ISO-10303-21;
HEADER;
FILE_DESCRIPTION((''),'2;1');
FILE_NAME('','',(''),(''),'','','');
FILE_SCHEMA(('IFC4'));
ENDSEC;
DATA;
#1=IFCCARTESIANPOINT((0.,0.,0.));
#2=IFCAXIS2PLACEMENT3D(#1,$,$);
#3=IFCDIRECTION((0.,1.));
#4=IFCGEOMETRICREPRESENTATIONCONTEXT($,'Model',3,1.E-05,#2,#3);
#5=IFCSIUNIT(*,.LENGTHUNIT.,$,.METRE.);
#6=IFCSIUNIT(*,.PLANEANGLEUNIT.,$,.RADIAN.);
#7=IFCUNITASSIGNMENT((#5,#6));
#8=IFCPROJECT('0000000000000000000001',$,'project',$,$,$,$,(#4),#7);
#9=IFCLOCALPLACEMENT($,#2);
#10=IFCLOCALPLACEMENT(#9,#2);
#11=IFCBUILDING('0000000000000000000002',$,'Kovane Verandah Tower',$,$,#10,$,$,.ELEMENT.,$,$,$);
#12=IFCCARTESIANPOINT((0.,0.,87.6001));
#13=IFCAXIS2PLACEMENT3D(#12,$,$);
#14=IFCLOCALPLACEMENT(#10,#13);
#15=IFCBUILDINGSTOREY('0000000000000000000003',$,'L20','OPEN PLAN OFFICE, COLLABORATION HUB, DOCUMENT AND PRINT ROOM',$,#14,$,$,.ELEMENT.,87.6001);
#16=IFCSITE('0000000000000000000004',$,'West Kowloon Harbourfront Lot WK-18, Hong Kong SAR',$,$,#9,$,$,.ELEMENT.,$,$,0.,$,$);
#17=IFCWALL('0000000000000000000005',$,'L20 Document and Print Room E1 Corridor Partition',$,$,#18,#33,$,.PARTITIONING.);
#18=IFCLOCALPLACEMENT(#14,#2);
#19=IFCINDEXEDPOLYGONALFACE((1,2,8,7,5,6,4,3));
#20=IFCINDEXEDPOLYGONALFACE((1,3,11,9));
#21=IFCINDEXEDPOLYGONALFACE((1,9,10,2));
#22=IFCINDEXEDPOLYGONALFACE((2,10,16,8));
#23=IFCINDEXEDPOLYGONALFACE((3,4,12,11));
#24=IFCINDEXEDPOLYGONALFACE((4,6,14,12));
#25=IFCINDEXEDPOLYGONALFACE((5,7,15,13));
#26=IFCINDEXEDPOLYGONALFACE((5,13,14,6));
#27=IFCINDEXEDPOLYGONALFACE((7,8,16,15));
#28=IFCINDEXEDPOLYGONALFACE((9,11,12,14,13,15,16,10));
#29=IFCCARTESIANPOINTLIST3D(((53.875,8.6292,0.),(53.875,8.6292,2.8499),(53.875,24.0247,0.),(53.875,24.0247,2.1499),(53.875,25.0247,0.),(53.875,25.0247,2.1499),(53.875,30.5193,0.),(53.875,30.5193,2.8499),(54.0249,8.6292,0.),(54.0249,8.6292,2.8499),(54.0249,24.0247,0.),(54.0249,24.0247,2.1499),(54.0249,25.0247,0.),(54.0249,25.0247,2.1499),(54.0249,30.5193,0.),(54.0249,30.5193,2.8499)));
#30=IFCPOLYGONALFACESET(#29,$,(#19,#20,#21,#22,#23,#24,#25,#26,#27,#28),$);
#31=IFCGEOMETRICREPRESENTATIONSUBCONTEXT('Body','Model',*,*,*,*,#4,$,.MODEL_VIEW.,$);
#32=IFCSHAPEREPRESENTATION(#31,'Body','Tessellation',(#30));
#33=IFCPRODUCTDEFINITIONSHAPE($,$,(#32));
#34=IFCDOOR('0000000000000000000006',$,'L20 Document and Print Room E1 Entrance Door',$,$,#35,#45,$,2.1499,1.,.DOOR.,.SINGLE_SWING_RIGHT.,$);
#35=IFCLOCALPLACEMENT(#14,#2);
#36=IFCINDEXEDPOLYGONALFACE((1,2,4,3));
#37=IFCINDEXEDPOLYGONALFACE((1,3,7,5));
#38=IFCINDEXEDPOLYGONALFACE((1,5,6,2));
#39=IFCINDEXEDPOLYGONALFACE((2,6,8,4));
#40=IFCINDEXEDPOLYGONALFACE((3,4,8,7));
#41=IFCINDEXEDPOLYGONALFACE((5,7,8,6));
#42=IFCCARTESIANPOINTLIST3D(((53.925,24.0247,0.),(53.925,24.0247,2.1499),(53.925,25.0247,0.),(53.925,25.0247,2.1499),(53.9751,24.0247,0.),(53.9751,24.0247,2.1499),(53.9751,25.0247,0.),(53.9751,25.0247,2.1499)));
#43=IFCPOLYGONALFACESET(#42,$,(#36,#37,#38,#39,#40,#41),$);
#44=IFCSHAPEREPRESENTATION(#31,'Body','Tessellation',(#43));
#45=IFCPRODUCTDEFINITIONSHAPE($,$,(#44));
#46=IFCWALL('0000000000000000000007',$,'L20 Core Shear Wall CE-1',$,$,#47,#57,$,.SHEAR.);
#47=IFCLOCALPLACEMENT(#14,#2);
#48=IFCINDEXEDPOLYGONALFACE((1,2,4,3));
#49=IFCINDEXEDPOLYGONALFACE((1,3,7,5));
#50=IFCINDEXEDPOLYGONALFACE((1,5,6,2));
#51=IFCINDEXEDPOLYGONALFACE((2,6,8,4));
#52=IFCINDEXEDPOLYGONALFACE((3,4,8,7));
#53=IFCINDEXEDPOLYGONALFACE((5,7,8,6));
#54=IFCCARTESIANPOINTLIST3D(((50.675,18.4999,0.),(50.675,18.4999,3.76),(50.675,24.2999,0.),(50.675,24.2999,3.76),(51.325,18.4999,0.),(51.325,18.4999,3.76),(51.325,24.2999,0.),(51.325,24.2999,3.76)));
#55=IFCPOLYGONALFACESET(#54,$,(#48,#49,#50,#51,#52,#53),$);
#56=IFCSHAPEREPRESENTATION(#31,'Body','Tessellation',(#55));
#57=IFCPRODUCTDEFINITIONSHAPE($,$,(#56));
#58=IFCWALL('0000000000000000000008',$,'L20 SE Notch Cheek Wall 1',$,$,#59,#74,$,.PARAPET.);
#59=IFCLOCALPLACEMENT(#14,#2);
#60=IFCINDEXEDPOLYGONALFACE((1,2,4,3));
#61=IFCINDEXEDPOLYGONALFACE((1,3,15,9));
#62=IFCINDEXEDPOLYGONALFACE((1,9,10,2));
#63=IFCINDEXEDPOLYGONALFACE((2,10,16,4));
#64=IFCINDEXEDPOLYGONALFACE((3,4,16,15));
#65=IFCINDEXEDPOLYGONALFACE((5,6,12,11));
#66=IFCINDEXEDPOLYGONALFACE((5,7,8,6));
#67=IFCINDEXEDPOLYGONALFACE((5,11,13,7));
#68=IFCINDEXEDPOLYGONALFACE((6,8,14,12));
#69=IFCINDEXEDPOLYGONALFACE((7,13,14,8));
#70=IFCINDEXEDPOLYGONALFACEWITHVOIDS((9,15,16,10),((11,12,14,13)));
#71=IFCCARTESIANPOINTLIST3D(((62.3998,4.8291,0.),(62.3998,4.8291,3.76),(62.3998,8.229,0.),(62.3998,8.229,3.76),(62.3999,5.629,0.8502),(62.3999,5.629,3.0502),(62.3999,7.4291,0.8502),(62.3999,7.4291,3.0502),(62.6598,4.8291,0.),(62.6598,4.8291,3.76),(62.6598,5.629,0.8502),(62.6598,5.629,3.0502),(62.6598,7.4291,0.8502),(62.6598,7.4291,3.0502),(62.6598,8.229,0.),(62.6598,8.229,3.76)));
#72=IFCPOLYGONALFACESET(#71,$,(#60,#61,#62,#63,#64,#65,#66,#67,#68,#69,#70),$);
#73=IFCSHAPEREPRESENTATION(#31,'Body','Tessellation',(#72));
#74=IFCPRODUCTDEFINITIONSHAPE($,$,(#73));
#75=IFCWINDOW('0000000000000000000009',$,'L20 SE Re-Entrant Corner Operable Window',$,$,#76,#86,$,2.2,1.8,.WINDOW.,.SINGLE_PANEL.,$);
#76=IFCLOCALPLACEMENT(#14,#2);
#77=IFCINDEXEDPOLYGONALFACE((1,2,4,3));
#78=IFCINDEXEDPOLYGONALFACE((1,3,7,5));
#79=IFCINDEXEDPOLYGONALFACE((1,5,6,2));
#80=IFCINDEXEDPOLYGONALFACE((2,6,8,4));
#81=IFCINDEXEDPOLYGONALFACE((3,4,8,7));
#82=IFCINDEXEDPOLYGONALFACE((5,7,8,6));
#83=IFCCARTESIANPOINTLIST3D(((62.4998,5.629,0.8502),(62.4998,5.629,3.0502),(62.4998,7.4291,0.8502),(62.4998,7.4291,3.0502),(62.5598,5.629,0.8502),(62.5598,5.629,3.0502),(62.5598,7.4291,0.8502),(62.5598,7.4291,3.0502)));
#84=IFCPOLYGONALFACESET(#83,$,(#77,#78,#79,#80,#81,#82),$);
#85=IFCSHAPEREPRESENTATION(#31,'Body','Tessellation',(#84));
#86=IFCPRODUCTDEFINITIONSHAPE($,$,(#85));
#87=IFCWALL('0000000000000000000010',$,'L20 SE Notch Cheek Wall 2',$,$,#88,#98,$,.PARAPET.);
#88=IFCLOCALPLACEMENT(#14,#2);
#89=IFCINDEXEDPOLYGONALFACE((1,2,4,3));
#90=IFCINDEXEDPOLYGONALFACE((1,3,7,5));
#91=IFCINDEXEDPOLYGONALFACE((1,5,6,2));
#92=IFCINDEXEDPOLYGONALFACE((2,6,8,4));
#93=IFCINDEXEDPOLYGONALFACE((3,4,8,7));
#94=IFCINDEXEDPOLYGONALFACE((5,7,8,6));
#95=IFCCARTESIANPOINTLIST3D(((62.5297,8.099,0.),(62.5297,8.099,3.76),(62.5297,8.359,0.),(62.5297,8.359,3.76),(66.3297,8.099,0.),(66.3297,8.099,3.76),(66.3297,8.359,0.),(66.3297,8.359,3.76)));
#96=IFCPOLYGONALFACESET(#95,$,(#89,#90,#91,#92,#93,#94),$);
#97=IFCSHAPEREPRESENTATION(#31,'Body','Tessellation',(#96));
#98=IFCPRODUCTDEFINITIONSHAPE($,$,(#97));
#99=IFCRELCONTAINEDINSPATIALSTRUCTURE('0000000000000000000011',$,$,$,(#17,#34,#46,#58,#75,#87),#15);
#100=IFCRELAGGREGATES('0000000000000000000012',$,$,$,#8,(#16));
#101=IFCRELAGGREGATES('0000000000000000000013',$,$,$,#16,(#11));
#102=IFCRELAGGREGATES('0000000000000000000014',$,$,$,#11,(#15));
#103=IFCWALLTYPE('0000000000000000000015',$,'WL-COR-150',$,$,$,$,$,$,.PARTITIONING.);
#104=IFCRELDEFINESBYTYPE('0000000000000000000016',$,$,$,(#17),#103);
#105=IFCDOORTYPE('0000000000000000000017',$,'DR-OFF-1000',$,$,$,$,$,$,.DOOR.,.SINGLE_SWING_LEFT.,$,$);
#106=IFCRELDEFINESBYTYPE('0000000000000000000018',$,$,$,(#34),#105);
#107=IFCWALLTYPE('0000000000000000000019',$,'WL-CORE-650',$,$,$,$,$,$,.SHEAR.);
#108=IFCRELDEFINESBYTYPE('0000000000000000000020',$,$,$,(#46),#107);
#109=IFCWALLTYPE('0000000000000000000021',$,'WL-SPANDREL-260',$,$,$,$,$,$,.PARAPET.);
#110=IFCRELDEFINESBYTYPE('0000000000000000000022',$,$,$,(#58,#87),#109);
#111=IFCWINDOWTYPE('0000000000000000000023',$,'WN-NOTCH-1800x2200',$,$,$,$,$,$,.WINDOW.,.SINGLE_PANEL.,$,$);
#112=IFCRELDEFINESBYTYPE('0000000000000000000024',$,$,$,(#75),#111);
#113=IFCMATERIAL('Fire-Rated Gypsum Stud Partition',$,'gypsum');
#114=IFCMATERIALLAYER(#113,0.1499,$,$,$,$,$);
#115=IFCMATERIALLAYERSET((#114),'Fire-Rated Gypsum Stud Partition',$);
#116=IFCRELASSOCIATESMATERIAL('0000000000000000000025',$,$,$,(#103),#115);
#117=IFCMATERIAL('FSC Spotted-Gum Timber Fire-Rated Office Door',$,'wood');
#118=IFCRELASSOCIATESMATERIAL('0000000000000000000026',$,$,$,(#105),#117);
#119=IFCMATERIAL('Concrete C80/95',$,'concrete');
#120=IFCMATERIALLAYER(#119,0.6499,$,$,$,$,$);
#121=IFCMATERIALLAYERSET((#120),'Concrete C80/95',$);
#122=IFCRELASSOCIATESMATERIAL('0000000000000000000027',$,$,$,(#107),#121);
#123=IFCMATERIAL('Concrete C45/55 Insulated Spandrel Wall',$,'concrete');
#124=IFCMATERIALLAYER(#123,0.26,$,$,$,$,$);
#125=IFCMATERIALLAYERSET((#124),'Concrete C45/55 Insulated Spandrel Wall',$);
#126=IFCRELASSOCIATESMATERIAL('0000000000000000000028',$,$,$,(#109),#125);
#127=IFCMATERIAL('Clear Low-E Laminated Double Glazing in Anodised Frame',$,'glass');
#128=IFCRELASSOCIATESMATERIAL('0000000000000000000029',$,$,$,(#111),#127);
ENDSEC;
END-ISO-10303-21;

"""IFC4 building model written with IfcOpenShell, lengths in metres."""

from ifc_helpers import new_model, si_unit, direction, frame, frame_2d, origin, place, context, subcontext, project, spatial, rectangle, extrude, material, layer, layer_set, type_object, element, fill, save


model = new_model("IFC4")

# Units and contexts
model_context = context("Model", 3, precision=1e-05, world=origin(), true_north=direction((0.0, 1.0)))
body_context = subcontext(model_context, "Body", "Model", "MODEL_VIEW")
ifc_project = project(units=[si_unit("LENGTHUNIT", "METRE"), si_unit("PLANEANGLEUNIT", "RADIAN")], contexts=[model_context])

# Site, building, storey
site_placement = place(None, origin())
site = spatial("IfcSite", under=ifc_project, at=site_placement, Name="West Kowloon Harbourfront Lot WK-18, Hong Kong SAR", CompositionType="ELEMENT", RefElevation=0.0)
building_placement = place(site_placement, origin())
building = spatial("IfcBuilding", under=site, at=building_placement, Name="Kovane Verandah Tower", CompositionType="ELEMENT")
storey_placement = place(building_placement, frame((0.0, 0.0, 87.6001)))
storey = spatial("IfcBuildingStorey", under=building, at=storey_placement, Name="L20", Description="OPEN PLAN OFFICE, COLLABORATION HUB, DOCUMENT AND PRINT ROOM", CompositionType="ELEMENT", Elevation=87.6001)

# Shared definitions
ifc_material_1 = material(Name="Concrete C80/95", Category="concrete")

# Wall, opening, door
ifc_material_2 = material(Name="Fire-Rated Gypsum Stud Partition", Category="gypsum")
ifc_layer_1 = layer(ifc_material_2, 0.1499)
ifc_layer_set_1 = layer_set([ifc_layer_1], Name="Fire-Rated Gypsum Stud Partition")
wall_type_1 = type_object("IfcWallType", Name="WL-COR-150", PredefinedType="PARTITIONING", material=ifc_layer_set_1)
wall_1_placement = place(storey_placement, frame((53.95, 8.6292, 0.0), z_axis=(0.0, 0.0, 1.0), x_axis=(0.0, 1.0, 0.0)))
wall_1 = element("IfcWall", 1, at=wall_1_placement, inside=storey, type_object=wall_type_1, Name="L20 Document and Print Room E1 Corridor Partition", PredefinedType="PARTITIONING", context=body_context, shape_type="SweptSolid", body=[
    extrude(rectangle(XDim=21.8901, YDim=0.1499, at=frame_2d((10.9451, 0.0))), origin(), (0.0, 0.0, 1.0), 2.8499),
])
opening_1_placement = place(wall_1_placement, frame((15.3955, 0.0, 0.0)))
opening_1 = element("IfcOpeningElement", 2, at=opening_1_placement, cuts=wall_1, PredefinedType="OPENING", context=body_context, shape_type="SweptSolid", body=[
    extrude(rectangle(XDim=1.0, YDim=2.1499, at=frame_2d((0.5, 1.075))), frame((0.0, 0.075, 0.0), z_axis=(0.0, -1.0, 0.0), x_axis=(1.0, 0.0, 0.0)), (0.0, 0.0, 1.0), 0.1499),
])
ifc_material_3 = material(Name="FSC Spotted-Gum Timber Fire-Rated Office Door", Category="wood")
door_type_1 = type_object("IfcDoorType", Name="DR-OFF-1000", OperationType="SINGLE_SWING_LEFT", PredefinedType="DOOR", material=ifc_material_3)
door_1_placement = place(opening_1_placement, origin())
door_1 = element("IfcDoor", 3, at=door_1_placement, inside=storey, type_object=door_type_1, Name="L20 Document and Print Room E1 Entrance Door", OperationType="SINGLE_SWING_RIGHT", OverallHeight=2.1499, OverallWidth=1.0, PredefinedType="DOOR", context=body_context, shape_type="SweptSolid", body=[
    extrude(rectangle(XDim=1.0, YDim=2.1499, at=frame_2d((0.5, 1.075))), frame((0.0, 0.0249, 0.0), z_axis=(0.0, -1.0, 0.0), x_axis=(1.0, 0.0, 0.0)), (0.0, 0.0, 1.0), 0.05),
])
fill(opening_1, door_1)

# Wall
ifc_layer_2 = layer(ifc_material_1, 0.6499)
ifc_layer_set_2 = layer_set([ifc_layer_2], Name="Concrete C80/95")
wall_type_2 = type_object("IfcWallType", Name="WL-CORE-650", PredefinedType="SHEAR", material=ifc_layer_set_2)
wall_2_placement = place(storey_placement, frame((51.0, 18.5, 0.0), z_axis=(0.0, 0.0, 1.0), x_axis=(0.0, 1.0, 0.0)))
element("IfcWall", 4, at=wall_2_placement, inside=storey, type_object=wall_type_2, Name="L20 Core Shear Wall CE-1", PredefinedType="SHEAR", context=body_context, shape_type="SweptSolid", body=[
    extrude(rectangle(XDim=5.8, YDim=0.6499, at=frame_2d((2.8999, 0.0))), origin(), (0.0, 0.0, 1.0), 3.76),
])

# Shared definitions
ifc_material_4 = material(Name="Concrete C45/55 Insulated Spandrel Wall", Category="concrete")
ifc_layer_3 = layer(ifc_material_4, 0.26)
ifc_layer_set_3 = layer_set([ifc_layer_3], Name="Concrete C45/55 Insulated Spandrel Wall")
wall_type_3 = type_object("IfcWallType", Name="WL-SPANDREL-260", PredefinedType="PARAPET", material=ifc_layer_set_3)
ifc_material_5 = material(Name="Clear Low-E Laminated Double Glazing in Anodised Frame", Category="glass")
window_type = type_object("IfcWindowType", Name="WN-NOTCH-1800x2200", PartitioningType="SINGLE_PANEL", PredefinedType="WINDOW", material=ifc_material_5)

# Wall, opening, window
wall_3_placement = place(storey_placement, frame((62.5298, 4.8291, 0.0), z_axis=(0.0, 0.0, 1.0), x_axis=(0.0, 1.0, 0.0)))
wall_3 = element("IfcWall", 5, at=wall_3_placement, inside=storey, type_object=wall_type_3, Name="L20 SE Notch Cheek Wall 1", PredefinedType="PARAPET", context=body_context, shape_type="SweptSolid", body=[
    extrude(rectangle(XDim=3.3999, YDim=0.26, at=frame_2d((1.7, 0.0))), origin(), (0.0, 0.0, 1.0), 3.76),
])
opening_2_placement = place(wall_3_placement, frame((0.8, 0.0, 0.8501)))
opening_2 = element("IfcOpeningElement", 6, at=opening_2_placement, cuts=wall_3, PredefinedType="OPENING", context=body_context, shape_type="SweptSolid", body=[
    extrude(rectangle(XDim=1.8, YDim=2.2, at=frame_2d((0.8999, 1.1001))), frame((0.0, 0.1299, 0.0), z_axis=(0.0, -1.0, 0.0), x_axis=(1.0, 0.0, 0.0)), (0.0, 0.0, 1.0), 0.26),
])
window_1_placement = place(opening_2_placement, origin())
window_1 = element("IfcWindow", 7, at=window_1_placement, inside=storey, type_object=window_type, Name="L20 SE Re-Entrant Corner Operable Window", OverallHeight=2.2, OverallWidth=1.8, PartitioningType="SINGLE_PANEL", PredefinedType="WINDOW", context=body_context, shape_type="SweptSolid", body=[
    extrude(rectangle(XDim=1.8, YDim=2.2, at=frame_2d((0.8999, 1.1001))), frame((0.0, 0.03, 0.0), z_axis=(0.0, -1.0, 0.0), x_axis=(1.0, 0.0, 0.0)), (0.0, 0.0, 1.0), 0.0601),
])
fill(opening_2, window_1)

# Wall
wall_4_placement = place(storey_placement, frame((62.5298, 8.229, 0.0), z_axis=(0.0, 0.0, 1.0), x_axis=(1.0, 0.0, 0.0)))
element("IfcWall", 8, at=wall_4_placement, inside=storey, type_object=wall_type_3, Name="L20 SE Notch Cheek Wall 2", PredefinedType="PARAPET", context=body_context, shape_type="SweptSolid", body=[
    extrude(rectangle(XDim=3.8, YDim=0.26, at=frame_2d((1.8999, 0.0))), origin(), (0.0, 0.0, 1.0), 3.76),
])

save(model, "model.ifc")
